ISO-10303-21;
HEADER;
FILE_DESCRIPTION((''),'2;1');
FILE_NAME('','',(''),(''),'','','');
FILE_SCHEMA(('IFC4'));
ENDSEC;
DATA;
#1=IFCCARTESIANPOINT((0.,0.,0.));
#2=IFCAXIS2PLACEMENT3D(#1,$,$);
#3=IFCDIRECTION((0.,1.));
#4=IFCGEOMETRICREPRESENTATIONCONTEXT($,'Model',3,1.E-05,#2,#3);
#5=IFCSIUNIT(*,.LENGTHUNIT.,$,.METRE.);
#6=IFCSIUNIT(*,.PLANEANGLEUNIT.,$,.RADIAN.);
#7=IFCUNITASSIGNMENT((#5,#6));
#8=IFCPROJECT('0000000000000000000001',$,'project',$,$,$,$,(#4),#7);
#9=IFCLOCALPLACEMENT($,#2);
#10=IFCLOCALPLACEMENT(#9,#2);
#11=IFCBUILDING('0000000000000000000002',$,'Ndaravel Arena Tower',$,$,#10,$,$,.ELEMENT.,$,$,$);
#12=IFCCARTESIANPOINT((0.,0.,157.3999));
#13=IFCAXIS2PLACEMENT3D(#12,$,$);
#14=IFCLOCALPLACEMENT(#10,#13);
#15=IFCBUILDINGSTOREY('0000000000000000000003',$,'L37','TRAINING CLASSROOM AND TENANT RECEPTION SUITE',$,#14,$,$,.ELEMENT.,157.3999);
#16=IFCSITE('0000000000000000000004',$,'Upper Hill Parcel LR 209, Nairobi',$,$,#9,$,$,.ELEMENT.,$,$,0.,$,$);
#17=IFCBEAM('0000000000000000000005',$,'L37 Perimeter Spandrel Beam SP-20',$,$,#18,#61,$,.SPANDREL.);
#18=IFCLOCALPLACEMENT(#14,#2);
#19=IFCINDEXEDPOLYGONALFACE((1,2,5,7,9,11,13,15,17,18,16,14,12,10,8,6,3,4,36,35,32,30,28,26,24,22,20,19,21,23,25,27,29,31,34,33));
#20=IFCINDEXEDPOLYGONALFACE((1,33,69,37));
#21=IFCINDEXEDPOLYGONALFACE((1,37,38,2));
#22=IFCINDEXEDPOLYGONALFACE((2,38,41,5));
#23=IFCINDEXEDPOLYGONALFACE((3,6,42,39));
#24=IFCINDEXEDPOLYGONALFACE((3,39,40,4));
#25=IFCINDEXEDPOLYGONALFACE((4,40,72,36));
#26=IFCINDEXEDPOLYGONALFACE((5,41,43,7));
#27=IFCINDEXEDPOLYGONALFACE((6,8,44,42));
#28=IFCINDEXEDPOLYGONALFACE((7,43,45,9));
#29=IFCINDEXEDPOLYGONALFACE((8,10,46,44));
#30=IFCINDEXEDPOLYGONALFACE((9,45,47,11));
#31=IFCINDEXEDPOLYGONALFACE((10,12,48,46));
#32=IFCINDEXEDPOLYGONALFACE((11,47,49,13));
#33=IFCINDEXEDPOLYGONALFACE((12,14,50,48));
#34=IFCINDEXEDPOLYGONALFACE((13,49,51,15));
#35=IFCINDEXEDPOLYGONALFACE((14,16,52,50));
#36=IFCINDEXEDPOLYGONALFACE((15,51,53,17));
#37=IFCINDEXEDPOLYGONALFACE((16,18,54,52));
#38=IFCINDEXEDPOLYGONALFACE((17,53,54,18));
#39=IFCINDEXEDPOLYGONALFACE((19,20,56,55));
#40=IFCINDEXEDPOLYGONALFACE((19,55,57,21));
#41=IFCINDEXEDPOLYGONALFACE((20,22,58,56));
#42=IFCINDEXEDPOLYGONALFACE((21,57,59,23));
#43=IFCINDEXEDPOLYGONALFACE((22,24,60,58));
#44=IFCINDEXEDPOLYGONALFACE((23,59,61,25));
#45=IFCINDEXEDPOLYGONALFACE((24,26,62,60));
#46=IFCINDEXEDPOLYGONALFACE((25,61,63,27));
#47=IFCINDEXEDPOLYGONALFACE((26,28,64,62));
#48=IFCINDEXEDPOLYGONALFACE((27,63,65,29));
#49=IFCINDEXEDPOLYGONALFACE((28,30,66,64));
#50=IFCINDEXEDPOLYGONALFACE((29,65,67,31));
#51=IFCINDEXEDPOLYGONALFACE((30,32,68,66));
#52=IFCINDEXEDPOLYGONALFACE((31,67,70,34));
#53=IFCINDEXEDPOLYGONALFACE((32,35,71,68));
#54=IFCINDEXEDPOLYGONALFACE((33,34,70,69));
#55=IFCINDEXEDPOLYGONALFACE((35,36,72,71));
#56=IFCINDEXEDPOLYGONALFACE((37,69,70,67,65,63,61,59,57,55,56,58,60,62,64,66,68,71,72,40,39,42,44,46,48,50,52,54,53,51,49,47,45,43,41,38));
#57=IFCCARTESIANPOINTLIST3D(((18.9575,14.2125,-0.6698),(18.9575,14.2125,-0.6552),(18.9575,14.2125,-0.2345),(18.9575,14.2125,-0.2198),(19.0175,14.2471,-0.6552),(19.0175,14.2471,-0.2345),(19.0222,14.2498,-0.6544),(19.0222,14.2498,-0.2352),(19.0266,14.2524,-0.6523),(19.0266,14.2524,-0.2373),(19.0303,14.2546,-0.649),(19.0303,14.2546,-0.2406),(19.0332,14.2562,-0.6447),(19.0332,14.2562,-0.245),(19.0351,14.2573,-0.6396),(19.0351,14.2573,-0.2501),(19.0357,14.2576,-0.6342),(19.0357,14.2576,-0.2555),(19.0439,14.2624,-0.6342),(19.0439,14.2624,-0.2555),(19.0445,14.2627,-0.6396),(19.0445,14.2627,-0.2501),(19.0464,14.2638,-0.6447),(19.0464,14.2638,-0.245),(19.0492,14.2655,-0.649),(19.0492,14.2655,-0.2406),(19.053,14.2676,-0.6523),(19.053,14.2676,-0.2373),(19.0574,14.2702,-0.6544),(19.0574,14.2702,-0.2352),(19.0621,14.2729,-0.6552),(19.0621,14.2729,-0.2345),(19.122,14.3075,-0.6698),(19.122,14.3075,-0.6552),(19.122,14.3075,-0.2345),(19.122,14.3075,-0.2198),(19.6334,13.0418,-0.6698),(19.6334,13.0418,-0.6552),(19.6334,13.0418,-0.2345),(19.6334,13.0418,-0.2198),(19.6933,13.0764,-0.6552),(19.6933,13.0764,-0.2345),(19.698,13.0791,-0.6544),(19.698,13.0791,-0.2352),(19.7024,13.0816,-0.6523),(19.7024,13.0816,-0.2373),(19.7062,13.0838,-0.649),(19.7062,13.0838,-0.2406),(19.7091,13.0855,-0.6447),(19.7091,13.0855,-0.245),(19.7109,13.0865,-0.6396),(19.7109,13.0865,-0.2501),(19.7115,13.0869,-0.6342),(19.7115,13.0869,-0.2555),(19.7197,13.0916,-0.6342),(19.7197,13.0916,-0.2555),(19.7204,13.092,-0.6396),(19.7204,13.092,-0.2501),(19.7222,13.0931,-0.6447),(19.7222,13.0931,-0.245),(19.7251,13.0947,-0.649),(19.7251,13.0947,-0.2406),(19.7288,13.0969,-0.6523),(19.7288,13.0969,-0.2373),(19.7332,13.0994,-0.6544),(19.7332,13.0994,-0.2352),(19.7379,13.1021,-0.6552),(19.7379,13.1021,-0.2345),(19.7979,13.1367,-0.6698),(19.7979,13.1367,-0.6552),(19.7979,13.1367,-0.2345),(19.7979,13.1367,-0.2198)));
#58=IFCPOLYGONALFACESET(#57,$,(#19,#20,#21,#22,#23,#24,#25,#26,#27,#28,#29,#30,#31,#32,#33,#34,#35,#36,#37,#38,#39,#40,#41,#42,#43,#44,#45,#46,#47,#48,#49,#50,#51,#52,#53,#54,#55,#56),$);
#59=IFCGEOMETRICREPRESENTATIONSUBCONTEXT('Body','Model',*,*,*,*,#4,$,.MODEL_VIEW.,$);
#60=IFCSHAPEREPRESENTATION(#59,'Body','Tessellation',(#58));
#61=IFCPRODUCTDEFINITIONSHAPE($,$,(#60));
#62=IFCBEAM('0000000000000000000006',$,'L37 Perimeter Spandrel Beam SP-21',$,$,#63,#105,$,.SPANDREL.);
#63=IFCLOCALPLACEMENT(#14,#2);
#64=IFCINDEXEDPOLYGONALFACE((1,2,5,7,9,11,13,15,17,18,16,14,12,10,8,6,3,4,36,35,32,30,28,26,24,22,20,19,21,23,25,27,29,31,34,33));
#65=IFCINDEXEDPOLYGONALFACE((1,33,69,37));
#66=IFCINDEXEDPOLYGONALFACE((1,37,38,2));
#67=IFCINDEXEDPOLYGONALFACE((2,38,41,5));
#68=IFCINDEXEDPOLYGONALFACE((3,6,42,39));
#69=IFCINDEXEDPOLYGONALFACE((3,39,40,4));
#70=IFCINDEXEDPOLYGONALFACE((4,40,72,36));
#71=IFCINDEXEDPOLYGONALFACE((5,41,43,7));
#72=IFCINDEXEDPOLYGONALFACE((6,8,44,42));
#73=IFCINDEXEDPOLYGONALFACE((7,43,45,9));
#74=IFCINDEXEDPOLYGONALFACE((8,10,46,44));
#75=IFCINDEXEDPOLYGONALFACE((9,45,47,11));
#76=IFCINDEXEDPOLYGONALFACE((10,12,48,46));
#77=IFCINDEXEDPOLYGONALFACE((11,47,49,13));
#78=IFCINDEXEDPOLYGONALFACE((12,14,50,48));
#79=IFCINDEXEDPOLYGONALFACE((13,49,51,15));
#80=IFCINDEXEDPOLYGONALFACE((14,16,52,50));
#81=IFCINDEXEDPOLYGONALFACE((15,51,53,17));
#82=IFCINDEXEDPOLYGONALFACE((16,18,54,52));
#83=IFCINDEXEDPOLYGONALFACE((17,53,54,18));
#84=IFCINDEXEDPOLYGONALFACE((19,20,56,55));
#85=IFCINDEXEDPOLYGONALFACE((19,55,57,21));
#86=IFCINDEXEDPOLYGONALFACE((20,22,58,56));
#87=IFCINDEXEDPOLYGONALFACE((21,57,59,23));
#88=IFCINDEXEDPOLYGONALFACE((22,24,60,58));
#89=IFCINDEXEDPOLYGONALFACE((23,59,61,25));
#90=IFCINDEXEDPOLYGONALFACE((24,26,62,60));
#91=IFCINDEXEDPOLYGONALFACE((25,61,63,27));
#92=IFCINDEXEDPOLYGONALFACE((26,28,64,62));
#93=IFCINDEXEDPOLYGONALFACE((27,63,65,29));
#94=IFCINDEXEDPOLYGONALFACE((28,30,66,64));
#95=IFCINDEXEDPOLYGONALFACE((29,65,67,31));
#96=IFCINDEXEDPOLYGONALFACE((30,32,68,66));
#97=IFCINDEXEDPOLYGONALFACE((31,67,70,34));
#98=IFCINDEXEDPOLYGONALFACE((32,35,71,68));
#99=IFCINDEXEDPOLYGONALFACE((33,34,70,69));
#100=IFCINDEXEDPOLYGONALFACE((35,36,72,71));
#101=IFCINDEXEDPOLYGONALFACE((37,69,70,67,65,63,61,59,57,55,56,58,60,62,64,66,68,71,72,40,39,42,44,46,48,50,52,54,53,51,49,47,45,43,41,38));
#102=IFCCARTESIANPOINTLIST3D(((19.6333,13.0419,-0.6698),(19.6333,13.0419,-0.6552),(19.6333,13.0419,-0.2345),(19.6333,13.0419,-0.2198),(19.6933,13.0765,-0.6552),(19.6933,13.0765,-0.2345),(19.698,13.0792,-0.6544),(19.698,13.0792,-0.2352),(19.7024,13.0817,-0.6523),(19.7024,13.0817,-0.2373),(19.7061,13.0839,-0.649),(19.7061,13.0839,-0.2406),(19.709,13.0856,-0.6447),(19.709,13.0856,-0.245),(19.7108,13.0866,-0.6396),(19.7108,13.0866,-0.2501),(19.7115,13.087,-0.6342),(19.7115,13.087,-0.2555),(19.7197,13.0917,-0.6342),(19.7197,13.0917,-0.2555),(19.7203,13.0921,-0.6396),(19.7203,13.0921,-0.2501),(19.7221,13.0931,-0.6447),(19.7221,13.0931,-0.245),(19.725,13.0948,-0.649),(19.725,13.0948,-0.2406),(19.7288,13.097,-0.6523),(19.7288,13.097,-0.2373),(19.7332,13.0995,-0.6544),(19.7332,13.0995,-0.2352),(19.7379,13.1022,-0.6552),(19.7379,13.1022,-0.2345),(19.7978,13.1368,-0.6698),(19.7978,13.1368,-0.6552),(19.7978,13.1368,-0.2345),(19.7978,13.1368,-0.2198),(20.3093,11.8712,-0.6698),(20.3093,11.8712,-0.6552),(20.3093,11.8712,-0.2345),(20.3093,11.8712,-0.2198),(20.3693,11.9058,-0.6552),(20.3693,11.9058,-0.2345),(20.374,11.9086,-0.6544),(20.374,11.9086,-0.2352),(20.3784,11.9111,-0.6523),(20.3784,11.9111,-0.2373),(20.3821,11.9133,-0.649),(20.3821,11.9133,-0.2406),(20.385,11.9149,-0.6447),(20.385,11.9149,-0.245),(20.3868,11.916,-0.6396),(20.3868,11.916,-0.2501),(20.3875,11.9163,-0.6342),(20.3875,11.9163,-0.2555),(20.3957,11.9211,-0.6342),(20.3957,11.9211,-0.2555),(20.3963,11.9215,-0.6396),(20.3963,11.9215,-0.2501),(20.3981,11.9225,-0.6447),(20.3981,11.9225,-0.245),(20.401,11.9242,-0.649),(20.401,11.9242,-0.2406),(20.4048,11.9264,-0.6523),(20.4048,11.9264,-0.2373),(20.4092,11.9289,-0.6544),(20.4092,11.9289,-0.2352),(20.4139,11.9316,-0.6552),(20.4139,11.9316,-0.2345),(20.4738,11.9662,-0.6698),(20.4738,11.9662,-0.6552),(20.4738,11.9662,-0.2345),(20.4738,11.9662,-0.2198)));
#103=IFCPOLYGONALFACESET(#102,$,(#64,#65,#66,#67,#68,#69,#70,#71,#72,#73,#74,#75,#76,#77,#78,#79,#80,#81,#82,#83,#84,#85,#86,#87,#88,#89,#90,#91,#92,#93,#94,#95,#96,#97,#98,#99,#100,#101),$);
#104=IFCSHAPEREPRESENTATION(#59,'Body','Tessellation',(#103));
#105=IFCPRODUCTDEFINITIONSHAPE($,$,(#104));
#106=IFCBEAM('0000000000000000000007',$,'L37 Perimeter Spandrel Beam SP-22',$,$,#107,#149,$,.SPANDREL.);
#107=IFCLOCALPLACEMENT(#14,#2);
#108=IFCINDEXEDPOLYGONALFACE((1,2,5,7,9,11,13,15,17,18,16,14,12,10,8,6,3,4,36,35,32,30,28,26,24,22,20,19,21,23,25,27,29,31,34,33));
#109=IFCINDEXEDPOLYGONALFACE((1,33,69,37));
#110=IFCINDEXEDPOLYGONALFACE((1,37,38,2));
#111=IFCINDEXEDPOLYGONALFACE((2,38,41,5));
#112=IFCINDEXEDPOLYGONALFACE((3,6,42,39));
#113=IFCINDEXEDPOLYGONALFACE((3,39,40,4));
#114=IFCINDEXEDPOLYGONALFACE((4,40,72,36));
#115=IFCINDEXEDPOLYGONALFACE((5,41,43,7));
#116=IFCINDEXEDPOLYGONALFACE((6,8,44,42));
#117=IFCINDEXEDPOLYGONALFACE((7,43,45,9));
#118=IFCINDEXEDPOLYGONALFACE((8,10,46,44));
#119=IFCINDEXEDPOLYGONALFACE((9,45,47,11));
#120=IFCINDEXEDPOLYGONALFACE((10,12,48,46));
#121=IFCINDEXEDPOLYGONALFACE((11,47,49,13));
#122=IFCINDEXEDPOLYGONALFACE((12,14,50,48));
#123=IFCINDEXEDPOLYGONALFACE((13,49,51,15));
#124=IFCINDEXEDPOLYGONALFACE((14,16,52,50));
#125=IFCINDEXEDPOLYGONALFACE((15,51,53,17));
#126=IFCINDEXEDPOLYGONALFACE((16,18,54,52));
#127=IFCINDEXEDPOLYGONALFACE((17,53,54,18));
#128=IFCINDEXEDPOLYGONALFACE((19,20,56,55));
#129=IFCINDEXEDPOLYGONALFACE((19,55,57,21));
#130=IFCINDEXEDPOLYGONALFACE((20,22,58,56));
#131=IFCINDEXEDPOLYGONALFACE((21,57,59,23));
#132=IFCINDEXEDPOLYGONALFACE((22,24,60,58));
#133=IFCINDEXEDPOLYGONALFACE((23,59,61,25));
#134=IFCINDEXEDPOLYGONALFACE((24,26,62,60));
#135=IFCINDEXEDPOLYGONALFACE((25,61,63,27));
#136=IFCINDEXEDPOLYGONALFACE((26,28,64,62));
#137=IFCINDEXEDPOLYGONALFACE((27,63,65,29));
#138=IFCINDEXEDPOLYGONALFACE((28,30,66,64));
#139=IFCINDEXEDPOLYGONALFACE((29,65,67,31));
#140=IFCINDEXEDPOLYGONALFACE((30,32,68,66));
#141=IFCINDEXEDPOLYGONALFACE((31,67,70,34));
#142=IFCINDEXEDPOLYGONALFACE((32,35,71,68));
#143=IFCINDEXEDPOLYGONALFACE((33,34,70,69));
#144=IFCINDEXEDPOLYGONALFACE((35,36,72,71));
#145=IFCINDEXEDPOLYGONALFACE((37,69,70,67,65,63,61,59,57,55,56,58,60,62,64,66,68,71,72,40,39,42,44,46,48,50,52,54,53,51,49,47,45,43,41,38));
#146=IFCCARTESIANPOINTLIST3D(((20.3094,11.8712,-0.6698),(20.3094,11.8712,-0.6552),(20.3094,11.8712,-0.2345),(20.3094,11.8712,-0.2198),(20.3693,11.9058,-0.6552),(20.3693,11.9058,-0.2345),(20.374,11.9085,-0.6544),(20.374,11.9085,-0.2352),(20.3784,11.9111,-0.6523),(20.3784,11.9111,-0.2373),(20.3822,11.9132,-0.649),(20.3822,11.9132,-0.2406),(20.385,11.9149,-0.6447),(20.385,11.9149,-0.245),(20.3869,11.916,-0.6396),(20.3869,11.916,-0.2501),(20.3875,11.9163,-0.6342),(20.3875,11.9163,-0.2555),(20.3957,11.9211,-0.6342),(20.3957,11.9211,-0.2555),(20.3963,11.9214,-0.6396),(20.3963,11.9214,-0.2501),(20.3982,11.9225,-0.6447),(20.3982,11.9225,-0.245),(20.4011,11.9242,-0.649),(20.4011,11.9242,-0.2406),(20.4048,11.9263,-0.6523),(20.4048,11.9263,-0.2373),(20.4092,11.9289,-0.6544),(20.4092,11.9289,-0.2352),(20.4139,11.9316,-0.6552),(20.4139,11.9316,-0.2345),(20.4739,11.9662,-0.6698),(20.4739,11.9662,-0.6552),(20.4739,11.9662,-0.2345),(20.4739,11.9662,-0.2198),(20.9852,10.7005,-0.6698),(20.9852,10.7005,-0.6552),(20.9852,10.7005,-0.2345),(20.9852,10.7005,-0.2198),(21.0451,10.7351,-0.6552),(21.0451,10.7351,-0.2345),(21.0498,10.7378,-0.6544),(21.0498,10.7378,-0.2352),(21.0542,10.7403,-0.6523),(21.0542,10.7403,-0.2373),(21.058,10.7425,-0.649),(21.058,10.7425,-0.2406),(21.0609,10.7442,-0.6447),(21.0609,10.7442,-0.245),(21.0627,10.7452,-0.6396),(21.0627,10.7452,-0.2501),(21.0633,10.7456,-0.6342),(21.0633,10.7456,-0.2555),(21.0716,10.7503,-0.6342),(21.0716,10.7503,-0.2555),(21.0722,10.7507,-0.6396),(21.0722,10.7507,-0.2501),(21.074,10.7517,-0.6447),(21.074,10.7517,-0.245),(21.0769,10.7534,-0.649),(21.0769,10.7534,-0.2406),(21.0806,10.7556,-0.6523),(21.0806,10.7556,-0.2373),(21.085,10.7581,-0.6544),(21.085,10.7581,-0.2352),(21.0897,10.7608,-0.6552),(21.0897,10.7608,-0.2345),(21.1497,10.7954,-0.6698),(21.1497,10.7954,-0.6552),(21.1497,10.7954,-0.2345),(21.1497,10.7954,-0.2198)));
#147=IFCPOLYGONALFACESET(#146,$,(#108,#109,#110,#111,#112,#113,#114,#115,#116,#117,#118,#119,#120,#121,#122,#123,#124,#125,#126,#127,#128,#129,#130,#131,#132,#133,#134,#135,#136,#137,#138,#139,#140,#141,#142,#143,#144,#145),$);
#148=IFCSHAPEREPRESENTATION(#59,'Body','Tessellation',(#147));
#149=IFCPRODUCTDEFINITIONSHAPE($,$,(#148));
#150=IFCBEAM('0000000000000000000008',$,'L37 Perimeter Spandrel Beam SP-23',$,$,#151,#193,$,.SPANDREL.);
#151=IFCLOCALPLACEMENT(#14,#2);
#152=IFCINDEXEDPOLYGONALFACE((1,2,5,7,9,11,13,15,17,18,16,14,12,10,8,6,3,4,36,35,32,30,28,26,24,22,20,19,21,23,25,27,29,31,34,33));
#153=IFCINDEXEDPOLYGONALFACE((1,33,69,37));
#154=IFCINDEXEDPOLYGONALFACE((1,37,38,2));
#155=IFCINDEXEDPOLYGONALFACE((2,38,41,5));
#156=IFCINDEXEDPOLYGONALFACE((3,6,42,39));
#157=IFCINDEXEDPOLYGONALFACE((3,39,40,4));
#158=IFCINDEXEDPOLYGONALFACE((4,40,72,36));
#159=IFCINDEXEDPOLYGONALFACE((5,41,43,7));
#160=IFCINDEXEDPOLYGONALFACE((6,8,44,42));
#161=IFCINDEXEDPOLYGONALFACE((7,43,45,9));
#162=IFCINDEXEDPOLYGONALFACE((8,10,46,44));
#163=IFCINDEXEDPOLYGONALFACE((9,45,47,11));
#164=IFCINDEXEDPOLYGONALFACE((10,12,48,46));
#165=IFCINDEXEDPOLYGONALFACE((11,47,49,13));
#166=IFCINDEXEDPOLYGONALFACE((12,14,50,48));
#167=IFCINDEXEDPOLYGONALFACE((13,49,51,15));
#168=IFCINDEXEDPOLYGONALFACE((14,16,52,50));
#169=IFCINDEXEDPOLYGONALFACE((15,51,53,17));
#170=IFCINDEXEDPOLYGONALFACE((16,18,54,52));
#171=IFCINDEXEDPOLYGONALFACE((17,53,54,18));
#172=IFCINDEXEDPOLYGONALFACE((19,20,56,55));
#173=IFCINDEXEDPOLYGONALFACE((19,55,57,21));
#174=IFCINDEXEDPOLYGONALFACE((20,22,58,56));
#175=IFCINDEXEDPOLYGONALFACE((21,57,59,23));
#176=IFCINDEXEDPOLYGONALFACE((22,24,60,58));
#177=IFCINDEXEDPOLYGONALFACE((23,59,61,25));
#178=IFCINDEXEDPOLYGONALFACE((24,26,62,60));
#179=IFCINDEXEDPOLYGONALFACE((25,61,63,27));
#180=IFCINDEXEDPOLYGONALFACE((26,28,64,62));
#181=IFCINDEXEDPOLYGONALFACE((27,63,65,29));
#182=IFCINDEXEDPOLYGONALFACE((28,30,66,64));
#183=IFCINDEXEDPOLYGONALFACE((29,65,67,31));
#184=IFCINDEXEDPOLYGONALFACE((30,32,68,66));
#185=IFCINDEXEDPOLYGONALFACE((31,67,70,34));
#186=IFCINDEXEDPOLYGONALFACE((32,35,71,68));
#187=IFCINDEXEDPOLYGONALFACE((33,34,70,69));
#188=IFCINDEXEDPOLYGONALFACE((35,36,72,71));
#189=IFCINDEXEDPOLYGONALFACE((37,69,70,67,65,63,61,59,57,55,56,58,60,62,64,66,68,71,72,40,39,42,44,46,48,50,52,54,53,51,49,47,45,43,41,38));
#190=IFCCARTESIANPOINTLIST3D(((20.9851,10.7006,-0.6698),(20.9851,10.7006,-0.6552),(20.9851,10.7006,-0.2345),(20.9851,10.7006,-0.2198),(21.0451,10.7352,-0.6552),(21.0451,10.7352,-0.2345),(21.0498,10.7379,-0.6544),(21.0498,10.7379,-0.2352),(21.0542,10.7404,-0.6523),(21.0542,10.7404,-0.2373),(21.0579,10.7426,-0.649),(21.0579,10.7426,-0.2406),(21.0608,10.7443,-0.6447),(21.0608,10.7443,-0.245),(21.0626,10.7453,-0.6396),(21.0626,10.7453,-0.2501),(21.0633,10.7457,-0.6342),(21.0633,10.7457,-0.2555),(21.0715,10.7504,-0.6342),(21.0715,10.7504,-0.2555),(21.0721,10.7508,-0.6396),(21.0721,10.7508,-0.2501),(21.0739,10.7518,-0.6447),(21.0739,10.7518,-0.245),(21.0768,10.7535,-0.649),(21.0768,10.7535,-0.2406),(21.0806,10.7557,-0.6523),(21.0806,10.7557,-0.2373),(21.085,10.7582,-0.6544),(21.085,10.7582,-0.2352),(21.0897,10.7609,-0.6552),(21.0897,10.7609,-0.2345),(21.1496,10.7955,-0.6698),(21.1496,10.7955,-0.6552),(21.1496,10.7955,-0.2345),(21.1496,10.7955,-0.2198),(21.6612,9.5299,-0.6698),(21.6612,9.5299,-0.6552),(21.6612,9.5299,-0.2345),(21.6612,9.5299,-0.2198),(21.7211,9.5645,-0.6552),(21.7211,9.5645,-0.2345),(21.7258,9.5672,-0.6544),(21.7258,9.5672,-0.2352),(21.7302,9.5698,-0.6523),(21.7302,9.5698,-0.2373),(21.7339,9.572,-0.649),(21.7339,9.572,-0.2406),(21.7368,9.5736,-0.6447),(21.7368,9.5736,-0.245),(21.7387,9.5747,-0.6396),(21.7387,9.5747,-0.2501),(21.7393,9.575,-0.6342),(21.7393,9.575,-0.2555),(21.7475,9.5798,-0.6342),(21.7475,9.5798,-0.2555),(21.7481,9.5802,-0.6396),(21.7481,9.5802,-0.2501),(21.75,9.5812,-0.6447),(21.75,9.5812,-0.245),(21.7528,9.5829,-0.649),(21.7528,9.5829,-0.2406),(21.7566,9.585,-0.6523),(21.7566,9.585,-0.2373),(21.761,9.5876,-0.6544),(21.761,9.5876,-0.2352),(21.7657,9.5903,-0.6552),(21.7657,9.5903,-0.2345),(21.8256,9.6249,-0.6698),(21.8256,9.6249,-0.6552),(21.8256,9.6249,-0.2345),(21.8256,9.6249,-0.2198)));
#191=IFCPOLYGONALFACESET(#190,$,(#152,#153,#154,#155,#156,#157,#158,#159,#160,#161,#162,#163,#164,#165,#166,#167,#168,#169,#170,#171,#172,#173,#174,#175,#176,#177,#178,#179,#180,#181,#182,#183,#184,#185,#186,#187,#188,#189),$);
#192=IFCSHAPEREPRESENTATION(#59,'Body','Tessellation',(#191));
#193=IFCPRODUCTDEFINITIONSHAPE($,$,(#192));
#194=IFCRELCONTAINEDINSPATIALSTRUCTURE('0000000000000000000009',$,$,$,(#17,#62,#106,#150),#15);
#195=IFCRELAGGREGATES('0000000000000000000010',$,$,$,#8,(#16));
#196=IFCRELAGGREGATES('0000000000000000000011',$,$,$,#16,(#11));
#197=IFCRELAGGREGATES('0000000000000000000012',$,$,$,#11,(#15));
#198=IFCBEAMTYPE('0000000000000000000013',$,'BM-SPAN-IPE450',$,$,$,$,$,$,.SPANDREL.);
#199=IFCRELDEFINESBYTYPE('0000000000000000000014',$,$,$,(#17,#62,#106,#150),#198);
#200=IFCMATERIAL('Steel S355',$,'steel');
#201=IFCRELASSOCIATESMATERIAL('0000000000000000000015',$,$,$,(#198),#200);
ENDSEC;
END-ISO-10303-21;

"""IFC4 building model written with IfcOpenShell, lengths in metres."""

from ifc_helpers import new_model, si_unit, direction, frame, origin, origin_2d, place, context, subcontext, project, spatial, i_section, extrude, material, material_profile, profile_set, type_object, element, save


model = new_model("IFC4")

# Units and contexts
model_context = context("Model", 3, precision=1e-05, world=origin(), true_north=direction((0.0, 1.0)))
body_context = subcontext(model_context, "Body", "Model", "MODEL_VIEW")
ifc_project = project(units=[si_unit("LENGTHUNIT", "METRE"), si_unit("PLANEANGLEUNIT", "RADIAN")], contexts=[model_context])

# Site, building, storey
site_placement = place(None, origin())
site = spatial("IfcSite", under=ifc_project, at=site_placement, Name="Upper Hill Parcel LR 209, Nairobi", CompositionType="ELEMENT", RefElevation=0.0)
building_placement = place(site_placement, origin())
building = spatial("IfcBuilding", under=site, at=building_placement, Name="Ndaravel Arena Tower", CompositionType="ELEMENT")
storey_placement = place(building_placement, frame((0.0, 0.0, 157.3999)))
storey = spatial("IfcBuildingStorey", under=building, at=storey_placement, Name="L37", Description="TRAINING CLASSROOM AND TENANT RECEPTION SUITE", CompositionType="ELEMENT", Elevation=157.3999)

# Beams
ifc_material_1 = material(Name="Steel S355", Category="steel")
ifc_material_profile_1 = material_profile(ifc_material_1, i_section(OverallWidth=0.1899, OverallDepth=0.45, WebThickness=0.0095, FlangeThickness=0.0146, FilletRadius=0.021, at=origin_2d()), Name="IPE 450")
ifc_profile_set_1 = profile_set([ifc_material_profile_1], Name="Steel S355")
beam_type = type_object("IfcBeamType", Name="BM-SPAN-IPE450", PredefinedType="SPANDREL", material=ifc_profile_set_1)
for number, where, z_axis, x_axis, name in (
    (1, (19.0398, 14.26, -0.4448), (0.499947, -0.866056, 0.0), (0.866056, 0.499947, 0.0), "L37 Perimeter Spandrel Beam SP-20"),
    (2, (19.7156, 13.0894, -0.4448), (0.500082, -0.865978, 0.0), (0.865978, 0.500082, 0.0), "L37 Perimeter Spandrel Beam SP-21"),
    (3, (20.3916, 11.9187, -0.4448), (0.499947, -0.866056, 0.0), (0.866056, 0.499947, 0.0), "L37 Perimeter Spandrel Beam SP-22"),
    (4, (21.0674, 10.748, -0.4448), (0.500082, -0.865978, 0.0), (0.865978, 0.500082, 0.0), "L37 Perimeter Spandrel Beam SP-23"),
):
    element("IfcBeam", number, at=place(storey_placement, frame(where, z_axis=z_axis, x_axis=x_axis)), inside=storey, type_object=beam_type, Name=name, PredefinedType="SPANDREL", context=body_context, shape_type="SweptSolid", body=[
        extrude(i_section(OverallWidth=0.1899, OverallDepth=0.45, WebThickness=0.0095, FlangeThickness=0.0146, FilletRadius=0.021, at=origin_2d()), origin(), (0.0, 0.0, 1.0), 1.3518),
    ])

save(model, "model.ifc")
